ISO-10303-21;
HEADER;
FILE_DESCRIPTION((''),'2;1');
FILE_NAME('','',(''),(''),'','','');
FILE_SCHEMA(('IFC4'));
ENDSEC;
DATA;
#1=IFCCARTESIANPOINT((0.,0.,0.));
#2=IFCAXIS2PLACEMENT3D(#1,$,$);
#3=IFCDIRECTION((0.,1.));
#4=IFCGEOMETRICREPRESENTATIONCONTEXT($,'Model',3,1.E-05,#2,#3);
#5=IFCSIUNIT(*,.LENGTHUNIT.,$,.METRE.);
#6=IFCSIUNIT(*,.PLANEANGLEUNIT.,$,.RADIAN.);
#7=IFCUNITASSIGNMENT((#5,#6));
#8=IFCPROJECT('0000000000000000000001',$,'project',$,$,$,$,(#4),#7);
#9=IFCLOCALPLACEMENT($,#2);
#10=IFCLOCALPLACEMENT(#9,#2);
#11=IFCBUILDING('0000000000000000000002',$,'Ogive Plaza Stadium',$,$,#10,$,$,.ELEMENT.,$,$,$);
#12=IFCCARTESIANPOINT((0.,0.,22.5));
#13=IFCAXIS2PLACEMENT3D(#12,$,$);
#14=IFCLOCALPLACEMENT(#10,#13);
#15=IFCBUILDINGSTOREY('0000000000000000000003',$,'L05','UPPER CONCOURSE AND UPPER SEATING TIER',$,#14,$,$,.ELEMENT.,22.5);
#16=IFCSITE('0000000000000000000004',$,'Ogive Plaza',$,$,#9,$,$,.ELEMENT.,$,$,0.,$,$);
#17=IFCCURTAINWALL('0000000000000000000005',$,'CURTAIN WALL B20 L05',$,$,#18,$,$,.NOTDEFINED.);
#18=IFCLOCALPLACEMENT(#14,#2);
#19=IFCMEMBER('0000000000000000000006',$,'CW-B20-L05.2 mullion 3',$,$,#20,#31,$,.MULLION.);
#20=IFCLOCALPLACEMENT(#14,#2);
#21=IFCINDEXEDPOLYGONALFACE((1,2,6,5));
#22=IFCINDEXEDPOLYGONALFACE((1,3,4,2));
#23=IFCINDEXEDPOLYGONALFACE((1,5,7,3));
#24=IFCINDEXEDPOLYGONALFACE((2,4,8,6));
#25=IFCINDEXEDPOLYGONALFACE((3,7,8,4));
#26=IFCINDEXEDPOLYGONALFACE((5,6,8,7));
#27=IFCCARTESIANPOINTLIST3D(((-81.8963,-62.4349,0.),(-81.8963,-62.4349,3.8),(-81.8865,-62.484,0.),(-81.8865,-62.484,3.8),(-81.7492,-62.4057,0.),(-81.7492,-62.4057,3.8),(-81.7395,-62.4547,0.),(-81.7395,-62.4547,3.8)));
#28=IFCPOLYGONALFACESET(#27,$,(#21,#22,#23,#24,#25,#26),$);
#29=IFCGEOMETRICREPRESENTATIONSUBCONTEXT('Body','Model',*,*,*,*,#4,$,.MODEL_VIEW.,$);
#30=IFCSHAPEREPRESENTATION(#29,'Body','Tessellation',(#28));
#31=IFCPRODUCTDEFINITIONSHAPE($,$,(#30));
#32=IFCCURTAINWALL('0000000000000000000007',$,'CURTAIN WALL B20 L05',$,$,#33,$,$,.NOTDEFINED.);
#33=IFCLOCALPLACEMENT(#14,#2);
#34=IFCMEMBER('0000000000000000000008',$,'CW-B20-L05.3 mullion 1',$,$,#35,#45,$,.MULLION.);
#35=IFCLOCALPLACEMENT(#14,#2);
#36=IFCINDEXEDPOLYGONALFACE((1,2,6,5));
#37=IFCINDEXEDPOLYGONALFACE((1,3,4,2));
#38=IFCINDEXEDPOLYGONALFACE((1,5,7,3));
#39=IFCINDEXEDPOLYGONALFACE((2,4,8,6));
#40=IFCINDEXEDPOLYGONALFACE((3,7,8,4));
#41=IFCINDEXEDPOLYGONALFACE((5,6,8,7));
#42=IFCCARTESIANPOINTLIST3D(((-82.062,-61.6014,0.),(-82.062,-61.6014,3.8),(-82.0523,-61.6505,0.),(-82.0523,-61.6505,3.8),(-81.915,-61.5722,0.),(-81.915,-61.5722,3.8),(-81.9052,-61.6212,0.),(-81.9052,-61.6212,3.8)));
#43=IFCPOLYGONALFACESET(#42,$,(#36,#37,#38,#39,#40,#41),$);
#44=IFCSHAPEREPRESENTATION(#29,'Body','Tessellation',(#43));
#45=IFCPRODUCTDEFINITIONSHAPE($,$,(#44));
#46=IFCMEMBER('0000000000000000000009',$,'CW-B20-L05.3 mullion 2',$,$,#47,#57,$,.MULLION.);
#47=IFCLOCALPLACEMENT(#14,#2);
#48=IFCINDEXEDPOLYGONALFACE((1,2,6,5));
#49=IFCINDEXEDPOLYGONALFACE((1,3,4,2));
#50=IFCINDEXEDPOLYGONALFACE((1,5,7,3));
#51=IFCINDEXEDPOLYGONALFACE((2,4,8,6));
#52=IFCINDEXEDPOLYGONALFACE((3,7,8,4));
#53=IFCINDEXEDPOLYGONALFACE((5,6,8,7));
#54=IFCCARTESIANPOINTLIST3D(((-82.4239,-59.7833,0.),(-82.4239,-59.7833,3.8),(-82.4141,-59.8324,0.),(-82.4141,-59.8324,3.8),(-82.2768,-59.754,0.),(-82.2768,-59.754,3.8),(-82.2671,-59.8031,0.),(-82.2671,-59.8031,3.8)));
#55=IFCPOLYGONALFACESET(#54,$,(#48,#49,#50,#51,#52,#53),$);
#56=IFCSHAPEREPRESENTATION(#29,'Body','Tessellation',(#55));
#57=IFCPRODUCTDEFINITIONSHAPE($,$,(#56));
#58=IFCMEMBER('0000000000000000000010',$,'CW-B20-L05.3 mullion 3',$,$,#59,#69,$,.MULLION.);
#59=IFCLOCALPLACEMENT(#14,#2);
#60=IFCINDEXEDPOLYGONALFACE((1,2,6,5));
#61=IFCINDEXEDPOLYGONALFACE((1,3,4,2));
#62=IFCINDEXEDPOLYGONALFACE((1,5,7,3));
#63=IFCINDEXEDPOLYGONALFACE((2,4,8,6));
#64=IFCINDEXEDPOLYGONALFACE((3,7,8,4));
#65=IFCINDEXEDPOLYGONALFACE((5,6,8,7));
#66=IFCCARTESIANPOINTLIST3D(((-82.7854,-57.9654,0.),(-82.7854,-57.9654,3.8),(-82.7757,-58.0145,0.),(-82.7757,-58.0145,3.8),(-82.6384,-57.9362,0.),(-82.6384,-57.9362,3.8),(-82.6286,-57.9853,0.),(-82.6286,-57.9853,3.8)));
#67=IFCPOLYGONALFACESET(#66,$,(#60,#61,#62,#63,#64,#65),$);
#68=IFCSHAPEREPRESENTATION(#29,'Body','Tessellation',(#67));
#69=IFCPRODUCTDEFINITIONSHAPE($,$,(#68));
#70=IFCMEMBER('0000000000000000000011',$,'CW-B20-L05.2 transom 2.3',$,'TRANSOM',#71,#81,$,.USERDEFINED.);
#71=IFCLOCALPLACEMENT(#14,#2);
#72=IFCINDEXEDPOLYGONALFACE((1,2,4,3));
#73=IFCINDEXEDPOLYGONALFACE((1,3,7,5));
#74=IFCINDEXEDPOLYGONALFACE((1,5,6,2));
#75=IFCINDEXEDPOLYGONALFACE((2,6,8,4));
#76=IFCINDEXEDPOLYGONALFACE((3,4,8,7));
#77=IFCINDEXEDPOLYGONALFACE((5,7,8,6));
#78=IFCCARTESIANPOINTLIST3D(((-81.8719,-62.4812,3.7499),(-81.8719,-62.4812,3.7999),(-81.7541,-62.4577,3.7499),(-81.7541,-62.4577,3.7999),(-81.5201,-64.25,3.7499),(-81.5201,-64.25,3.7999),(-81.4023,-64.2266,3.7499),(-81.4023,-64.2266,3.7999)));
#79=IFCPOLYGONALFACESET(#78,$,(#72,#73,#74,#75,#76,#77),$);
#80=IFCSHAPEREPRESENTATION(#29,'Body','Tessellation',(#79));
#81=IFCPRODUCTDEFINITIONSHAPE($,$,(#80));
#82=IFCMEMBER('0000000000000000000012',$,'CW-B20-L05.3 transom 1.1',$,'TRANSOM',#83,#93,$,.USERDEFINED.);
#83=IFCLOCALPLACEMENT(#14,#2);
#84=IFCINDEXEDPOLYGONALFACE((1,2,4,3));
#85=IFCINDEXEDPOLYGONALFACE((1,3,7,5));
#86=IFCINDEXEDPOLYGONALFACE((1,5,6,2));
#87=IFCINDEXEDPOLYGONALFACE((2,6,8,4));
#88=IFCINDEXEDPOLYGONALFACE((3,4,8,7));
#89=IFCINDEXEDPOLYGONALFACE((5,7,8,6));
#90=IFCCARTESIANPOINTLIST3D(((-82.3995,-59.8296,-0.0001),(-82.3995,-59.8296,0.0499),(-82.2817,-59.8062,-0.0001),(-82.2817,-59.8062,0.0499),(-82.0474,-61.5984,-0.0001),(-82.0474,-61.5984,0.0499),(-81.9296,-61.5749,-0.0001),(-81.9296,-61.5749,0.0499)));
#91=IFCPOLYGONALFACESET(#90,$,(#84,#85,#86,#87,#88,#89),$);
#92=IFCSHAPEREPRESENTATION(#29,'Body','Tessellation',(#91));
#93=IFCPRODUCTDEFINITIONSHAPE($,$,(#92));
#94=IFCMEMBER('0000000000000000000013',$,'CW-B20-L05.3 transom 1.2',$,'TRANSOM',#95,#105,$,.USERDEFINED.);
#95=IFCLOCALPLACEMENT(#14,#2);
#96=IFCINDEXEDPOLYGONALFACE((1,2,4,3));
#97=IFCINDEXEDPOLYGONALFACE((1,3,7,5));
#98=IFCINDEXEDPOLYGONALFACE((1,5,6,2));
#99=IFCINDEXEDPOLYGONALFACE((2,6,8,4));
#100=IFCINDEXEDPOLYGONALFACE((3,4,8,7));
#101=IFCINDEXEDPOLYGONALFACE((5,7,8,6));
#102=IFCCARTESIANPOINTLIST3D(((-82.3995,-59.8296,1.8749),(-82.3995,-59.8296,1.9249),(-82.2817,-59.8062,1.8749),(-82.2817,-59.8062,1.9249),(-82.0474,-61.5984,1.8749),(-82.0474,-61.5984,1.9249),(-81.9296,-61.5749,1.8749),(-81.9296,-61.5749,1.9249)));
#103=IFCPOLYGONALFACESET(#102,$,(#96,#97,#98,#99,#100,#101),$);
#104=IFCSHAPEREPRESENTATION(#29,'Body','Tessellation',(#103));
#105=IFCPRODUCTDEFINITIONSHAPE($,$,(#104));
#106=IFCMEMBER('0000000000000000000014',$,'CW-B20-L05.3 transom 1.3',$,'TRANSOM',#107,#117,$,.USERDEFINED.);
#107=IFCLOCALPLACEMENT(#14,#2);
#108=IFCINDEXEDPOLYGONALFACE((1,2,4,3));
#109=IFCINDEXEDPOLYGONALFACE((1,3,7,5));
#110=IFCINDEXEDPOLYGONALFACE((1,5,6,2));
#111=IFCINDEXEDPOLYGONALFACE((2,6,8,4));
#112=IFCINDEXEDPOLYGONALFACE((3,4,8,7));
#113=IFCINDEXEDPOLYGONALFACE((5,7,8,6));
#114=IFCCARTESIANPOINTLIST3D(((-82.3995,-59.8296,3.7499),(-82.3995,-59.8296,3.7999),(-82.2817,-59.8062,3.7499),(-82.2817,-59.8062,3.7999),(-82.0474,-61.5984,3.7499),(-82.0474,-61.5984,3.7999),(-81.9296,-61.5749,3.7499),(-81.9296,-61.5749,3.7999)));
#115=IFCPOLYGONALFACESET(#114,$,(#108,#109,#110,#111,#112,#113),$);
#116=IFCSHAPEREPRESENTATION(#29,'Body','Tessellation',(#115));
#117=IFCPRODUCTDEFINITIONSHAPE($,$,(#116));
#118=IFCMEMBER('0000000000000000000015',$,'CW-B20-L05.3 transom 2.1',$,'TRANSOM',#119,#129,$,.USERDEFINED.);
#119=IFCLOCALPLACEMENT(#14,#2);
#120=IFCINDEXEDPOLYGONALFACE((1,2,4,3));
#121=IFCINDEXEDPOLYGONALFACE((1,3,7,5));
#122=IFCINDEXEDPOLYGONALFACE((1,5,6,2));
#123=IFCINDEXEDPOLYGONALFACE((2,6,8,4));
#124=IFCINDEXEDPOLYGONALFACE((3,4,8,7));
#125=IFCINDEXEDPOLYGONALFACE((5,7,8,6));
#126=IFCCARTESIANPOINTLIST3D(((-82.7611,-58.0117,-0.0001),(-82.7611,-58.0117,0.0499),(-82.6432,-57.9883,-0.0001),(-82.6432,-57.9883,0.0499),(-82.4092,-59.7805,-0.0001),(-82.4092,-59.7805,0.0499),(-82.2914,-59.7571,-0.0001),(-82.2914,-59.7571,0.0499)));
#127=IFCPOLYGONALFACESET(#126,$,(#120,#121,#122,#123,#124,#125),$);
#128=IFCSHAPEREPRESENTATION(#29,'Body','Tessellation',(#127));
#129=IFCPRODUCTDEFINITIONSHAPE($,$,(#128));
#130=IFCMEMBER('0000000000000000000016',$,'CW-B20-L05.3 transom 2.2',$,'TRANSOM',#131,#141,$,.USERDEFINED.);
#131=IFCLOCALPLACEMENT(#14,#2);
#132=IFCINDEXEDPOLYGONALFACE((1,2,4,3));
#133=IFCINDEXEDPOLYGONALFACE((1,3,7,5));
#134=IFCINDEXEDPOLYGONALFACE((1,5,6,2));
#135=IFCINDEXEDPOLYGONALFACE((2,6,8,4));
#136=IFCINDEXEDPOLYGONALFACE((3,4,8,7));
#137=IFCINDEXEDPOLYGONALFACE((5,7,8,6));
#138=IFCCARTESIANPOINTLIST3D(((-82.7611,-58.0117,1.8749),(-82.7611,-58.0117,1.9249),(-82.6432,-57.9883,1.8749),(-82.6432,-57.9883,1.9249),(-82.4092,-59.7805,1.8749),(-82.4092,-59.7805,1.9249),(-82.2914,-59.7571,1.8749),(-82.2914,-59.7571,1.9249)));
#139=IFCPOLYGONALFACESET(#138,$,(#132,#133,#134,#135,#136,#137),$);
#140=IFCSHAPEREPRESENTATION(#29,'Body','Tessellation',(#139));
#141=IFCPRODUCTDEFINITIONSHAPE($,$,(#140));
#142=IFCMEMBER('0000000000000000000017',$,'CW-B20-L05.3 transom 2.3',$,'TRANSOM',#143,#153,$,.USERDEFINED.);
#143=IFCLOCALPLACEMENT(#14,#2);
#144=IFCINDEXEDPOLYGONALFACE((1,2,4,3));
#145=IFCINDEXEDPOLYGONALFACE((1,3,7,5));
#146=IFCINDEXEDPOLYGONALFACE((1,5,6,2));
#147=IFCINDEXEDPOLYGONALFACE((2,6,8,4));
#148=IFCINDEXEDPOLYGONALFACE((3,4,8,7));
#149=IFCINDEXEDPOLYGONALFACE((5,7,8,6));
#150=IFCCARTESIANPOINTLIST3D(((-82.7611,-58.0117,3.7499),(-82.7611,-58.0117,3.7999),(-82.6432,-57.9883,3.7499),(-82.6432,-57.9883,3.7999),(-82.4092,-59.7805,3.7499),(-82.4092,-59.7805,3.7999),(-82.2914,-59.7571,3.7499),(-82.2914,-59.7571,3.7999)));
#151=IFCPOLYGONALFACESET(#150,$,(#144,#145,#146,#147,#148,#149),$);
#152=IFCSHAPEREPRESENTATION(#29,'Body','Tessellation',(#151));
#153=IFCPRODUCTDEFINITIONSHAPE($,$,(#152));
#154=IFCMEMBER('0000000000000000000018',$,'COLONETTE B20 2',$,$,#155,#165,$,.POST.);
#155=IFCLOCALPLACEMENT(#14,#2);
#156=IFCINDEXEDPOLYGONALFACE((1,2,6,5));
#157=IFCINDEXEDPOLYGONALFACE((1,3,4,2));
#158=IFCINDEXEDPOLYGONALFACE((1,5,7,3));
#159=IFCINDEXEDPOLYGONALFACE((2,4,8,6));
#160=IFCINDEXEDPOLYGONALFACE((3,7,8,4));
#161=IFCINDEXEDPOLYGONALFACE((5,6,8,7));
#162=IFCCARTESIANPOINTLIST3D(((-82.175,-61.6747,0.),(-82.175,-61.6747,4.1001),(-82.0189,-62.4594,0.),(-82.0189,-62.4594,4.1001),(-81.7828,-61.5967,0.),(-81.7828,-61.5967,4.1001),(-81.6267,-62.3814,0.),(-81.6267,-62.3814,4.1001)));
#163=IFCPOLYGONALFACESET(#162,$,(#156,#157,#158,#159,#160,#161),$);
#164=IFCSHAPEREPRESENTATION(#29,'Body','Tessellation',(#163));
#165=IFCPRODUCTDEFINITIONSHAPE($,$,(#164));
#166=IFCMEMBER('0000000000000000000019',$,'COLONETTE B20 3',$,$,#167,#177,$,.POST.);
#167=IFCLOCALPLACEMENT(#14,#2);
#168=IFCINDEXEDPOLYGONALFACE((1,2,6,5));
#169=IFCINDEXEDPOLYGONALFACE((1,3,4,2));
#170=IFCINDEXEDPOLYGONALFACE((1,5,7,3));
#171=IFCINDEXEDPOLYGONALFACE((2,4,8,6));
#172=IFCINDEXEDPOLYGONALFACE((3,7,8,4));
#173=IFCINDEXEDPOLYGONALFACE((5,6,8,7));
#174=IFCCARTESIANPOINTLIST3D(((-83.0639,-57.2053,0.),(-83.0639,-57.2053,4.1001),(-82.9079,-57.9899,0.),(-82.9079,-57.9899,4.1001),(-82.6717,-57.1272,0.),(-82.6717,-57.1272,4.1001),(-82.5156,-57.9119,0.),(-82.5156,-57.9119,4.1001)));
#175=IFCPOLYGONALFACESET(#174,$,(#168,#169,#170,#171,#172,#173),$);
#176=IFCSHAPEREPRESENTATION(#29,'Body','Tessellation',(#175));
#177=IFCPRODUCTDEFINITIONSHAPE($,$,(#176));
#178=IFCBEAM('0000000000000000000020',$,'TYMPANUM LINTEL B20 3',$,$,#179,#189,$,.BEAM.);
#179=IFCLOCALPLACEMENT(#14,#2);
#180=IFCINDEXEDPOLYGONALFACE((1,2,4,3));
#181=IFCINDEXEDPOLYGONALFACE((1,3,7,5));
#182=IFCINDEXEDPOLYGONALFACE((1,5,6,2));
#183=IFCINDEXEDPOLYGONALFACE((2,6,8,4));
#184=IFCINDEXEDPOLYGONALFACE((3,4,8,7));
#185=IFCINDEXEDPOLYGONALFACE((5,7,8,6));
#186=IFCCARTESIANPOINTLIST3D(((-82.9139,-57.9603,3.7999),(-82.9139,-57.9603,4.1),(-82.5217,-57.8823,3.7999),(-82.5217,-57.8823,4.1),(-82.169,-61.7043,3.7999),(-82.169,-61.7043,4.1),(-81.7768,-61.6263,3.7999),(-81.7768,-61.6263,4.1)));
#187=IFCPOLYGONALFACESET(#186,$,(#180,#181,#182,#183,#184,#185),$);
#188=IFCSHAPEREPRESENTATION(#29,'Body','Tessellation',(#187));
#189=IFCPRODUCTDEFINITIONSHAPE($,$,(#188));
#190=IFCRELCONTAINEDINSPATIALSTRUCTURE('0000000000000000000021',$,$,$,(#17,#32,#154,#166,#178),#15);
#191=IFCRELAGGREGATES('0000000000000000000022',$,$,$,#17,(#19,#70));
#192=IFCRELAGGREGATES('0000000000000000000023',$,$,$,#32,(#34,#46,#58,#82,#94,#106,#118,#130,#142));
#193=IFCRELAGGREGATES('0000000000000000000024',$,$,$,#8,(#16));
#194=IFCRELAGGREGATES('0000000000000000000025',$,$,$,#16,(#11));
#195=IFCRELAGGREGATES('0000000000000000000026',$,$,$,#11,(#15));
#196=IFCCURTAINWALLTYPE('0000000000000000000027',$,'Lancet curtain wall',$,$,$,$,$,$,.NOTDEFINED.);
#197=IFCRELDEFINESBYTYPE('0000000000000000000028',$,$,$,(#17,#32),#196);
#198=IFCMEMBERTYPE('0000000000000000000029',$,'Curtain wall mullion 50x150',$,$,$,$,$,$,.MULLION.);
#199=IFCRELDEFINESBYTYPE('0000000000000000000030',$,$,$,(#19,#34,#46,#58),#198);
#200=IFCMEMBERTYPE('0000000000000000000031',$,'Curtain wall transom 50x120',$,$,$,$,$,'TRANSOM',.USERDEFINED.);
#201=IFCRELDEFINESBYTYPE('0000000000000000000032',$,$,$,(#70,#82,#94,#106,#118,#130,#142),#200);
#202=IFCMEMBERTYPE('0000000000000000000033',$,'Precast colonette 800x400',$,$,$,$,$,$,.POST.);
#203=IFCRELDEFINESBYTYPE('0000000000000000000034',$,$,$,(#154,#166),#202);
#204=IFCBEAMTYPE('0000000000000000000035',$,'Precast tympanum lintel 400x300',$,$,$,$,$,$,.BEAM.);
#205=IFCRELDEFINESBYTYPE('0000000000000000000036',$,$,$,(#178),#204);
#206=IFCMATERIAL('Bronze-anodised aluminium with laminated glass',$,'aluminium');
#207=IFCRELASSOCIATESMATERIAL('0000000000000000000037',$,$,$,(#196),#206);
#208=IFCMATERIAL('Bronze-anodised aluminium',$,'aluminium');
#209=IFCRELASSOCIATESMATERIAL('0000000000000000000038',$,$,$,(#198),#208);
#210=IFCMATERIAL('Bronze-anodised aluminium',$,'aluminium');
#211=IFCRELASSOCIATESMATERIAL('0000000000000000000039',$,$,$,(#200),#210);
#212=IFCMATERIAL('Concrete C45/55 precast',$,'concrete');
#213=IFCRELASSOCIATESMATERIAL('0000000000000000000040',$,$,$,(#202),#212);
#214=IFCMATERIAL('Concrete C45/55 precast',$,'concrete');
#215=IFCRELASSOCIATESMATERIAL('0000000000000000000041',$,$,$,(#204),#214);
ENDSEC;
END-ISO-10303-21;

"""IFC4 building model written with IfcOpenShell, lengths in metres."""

from ifc_helpers import new_model, si_unit, direction, frame, origin, origin_2d, place, context, subcontext, project, spatial, rectangle, extrude, material, material_profile, profile_set, type_object, element, aggregate, save


model = new_model("IFC4")

# Units and contexts
model_context = context("Model", 3, precision=1e-05, world=origin(), true_north=direction((0.0, 1.0)))
body_context = subcontext(model_context, "Body", "Model", "MODEL_VIEW")
ifc_project = project(units=[si_unit("LENGTHUNIT", "METRE"), si_unit("PLANEANGLEUNIT", "RADIAN")], contexts=[model_context])

# Site, building, storey
site_placement = place(None, origin())
site = spatial("IfcSite", under=ifc_project, at=site_placement, Name="Ogive Plaza", CompositionType="ELEMENT", RefElevation=0.0)
building_placement = place(site_placement, origin())
building = spatial("IfcBuilding", under=site, at=building_placement, Name="Ogive Plaza Stadium", CompositionType="ELEMENT")
storey_placement = place(building_placement, frame((0.0, 0.0, 22.5)))
storey = spatial("IfcBuildingStorey", under=building, at=storey_placement, Name="L05", Description="UPPER CONCOURSE AND UPPER SEATING TIER", CompositionType="ELEMENT", Elevation=22.5)

# Curtain wall, member
ifc_material_1 = material(Name="Bronze-anodised aluminium with laminated glass", Category="aluminium")
curtain_wall_type = type_object("IfcCurtainWallType", Name="Lancet curtain wall", PredefinedType="NOTDEFINED", material=ifc_material_1)
curtain_wall_1_placement = place(storey_placement, origin())
curtain_wall_1 = element("IfcCurtainWall", 1, at=curtain_wall_1_placement, inside=storey, type_object=curtain_wall_type, Name="CURTAIN WALL B20 L05", PredefinedType="NOTDEFINED")
ifc_material_2 = material(Name="Bronze-anodised aluminium", Category="aluminium")
ifc_material_profile_1 = material_profile(ifc_material_2, rectangle(XDim=0.1499, YDim=0.05, at=origin_2d()), Name="AL 150x50")
ifc_profile_set_1 = profile_set([ifc_material_profile_1], Name="Bronze-anodised aluminium")
member_type_1 = type_object("IfcMemberType", Name="Curtain wall mullion 50x150", PredefinedType="MULLION", material=ifc_profile_set_1)
member_1_placement = place(storey_placement, frame((-81.8179, -62.4448, 0.0), z_axis=(0.0, 0.0, 1.0), x_axis=(-0.980785, -0.19509, 0.0)))
member_1 = element("IfcMember", 2, at=member_1_placement, type_object=member_type_1, Name="CW-B20-L05.2 mullion 3", PredefinedType="MULLION", context=body_context, shape_type="SweptSolid", body=[
    extrude(rectangle(XDim=0.1499, YDim=0.05, at=origin_2d()), origin(), (0.0, 0.0, 1.0), 3.8),
])

# Curtain wall, members
curtain_wall_2_placement = place(storey_placement, origin())
curtain_wall_2 = element("IfcCurtainWall", 3, at=curtain_wall_2_placement, inside=storey, type_object=curtain_wall_type, Name="CURTAIN WALL B20 L05", PredefinedType="NOTDEFINED")
member_2_placement = place(storey_placement, frame((-81.9836, -61.6113, 0.0), z_axis=(0.0, 0.0, 1.0), x_axis=(-0.980785, -0.19509, 0.0)))
member_2 = element("IfcMember", 4, at=member_2_placement, type_object=member_type_1, Name="CW-B20-L05.3 mullion 1", PredefinedType="MULLION", context=body_context, shape_type="SweptSolid", body=[
    extrude(rectangle(XDim=0.1499, YDim=0.05, at=origin_2d()), origin(), (0.0, 0.0, 1.0), 3.8),
])
member_3_placement = place(storey_placement, frame((-82.3455, -59.7932, 0.0), z_axis=(0.0, 0.0, 1.0), x_axis=(-0.980785, -0.19509, 0.0)))
member_3 = element("IfcMember", 5, at=member_3_placement, type_object=member_type_1, Name="CW-B20-L05.3 mullion 2", PredefinedType="MULLION", context=body_context, shape_type="SweptSolid", body=[
    extrude(rectangle(XDim=0.1499, YDim=0.05, at=origin_2d()), origin(), (0.0, 0.0, 1.0), 3.8),
])
member_4_placement = place(storey_placement, frame((-82.707, -57.9753, 0.0), z_axis=(0.0, 0.0, 1.0), x_axis=(-0.980785, -0.19509, 0.0)))
member_4 = element("IfcMember", 6, at=member_4_placement, type_object=member_type_1, Name="CW-B20-L05.3 mullion 3", PredefinedType="MULLION", context=body_context, shape_type="SweptSolid", body=[
    extrude(rectangle(XDim=0.1499, YDim=0.05, at=origin_2d()), origin(), (0.0, 0.0, 1.0), 3.8),
])

# Members
ifc_material_3 = material(Name="Bronze-anodised aluminium", Category="aluminium")
ifc_material_profile_2 = material_profile(ifc_material_3, rectangle(XDim=0.1201, YDim=0.05, at=origin_2d()), Name="AL 120x50")
ifc_profile_set_2 = profile_set([ifc_material_profile_2], Name="Bronze-anodised aluminium")
member_type_2 = type_object("IfcMemberType", Name="Curtain wall transom 50x120", ElementType="TRANSOM", PredefinedType="USERDEFINED", material=ifc_profile_set_2)
member_5_placement = place(storey_placement, frame((-81.4612, -64.2383, 3.7749), z_axis=(-0.195075, 0.980788, 0.0), x_axis=(-0.980788, -0.195075, 0.0)))
member_5 = element("IfcMember", 7, at=member_5_placement, type_object=member_type_2, Name="CW-B20-L05.2 transom 2.3", ObjectType="TRANSOM", PredefinedType="USERDEFINED", context=body_context, shape_type="SweptSolid", body=[
    extrude(rectangle(XDim=0.1201, YDim=0.05, at=origin_2d()), origin(), (0.0, 0.0, 1.0), 1.8035),
])
member_6_placement = place(storey_placement, frame((-81.9885, -61.5867, 0.0249), z_axis=(-0.195205, 0.980762, 0.0), x_axis=(-0.980762, -0.195205, 0.0)))
member_6 = element("IfcMember", 8, at=member_6_placement, type_object=member_type_2, Name="CW-B20-L05.3 transom 1.1", ObjectType="TRANSOM", PredefinedType="USERDEFINED", context=body_context, shape_type="SweptSolid", body=[
    extrude(rectangle(XDim=0.1201, YDim=0.05, at=origin_2d()), origin(), (0.0, 0.0, 1.0), 1.8035),
])
member_7_placement = place(storey_placement, frame((-81.9885, -61.5867, 1.8999), z_axis=(-0.195205, 0.980762, 0.0), x_axis=(-0.980762, -0.195205, 0.0)))
member_7 = element("IfcMember", 9, at=member_7_placement, type_object=member_type_2, Name="CW-B20-L05.3 transom 1.2", ObjectType="TRANSOM", PredefinedType="USERDEFINED", context=body_context, shape_type="SweptSolid", body=[
    extrude(rectangle(XDim=0.1201, YDim=0.05, at=origin_2d()), origin(), (0.0, 0.0, 1.0), 1.8035),
])
member_8_placement = place(storey_placement, frame((-81.9885, -61.5867, 3.7749), z_axis=(-0.195205, 0.980762, 0.0), x_axis=(-0.980762, -0.195205, 0.0)))
member_8 = element("IfcMember", 10, at=member_8_placement, type_object=member_type_2, Name="CW-B20-L05.3 transom 1.3", ObjectType="TRANSOM", PredefinedType="USERDEFINED", context=body_context, shape_type="SweptSolid", body=[
    extrude(rectangle(XDim=0.1201, YDim=0.05, at=origin_2d()), origin(), (0.0, 0.0, 1.0), 1.8035),
])
member_9_placement = place(storey_placement, frame((-82.3503, -59.7688, 0.0249), z_axis=(-0.195075, 0.980788, 0.0), x_axis=(-0.980788, -0.195075, 0.0)))
member_9 = element("IfcMember", 11, at=member_9_placement, type_object=member_type_2, Name="CW-B20-L05.3 transom 2.1", ObjectType="TRANSOM", PredefinedType="USERDEFINED", context=body_context, shape_type="SweptSolid", body=[
    extrude(rectangle(XDim=0.1201, YDim=0.05, at=origin_2d()), origin(), (0.0, 0.0, 1.0), 1.8035),
])
member_10_placement = place(storey_placement, frame((-82.3503, -59.7688, 1.8999), z_axis=(-0.195075, 0.980788, 0.0), x_axis=(-0.980788, -0.195075, 0.0)))
member_10 = element("IfcMember", 12, at=member_10_placement, type_object=member_type_2, Name="CW-B20-L05.3 transom 2.2", ObjectType="TRANSOM", PredefinedType="USERDEFINED", context=body_context, shape_type="SweptSolid", body=[
    extrude(rectangle(XDim=0.1201, YDim=0.05, at=origin_2d()), origin(), (0.0, 0.0, 1.0), 1.8035),
])
member_11_placement = place(storey_placement, frame((-82.3503, -59.7688, 3.7749), z_axis=(-0.195075, 0.980788, 0.0), x_axis=(-0.980788, -0.195075, 0.0)))
member_11 = element("IfcMember", 13, at=member_11_placement, type_object=member_type_2, Name="CW-B20-L05.3 transom 2.3", ObjectType="TRANSOM", PredefinedType="USERDEFINED", context=body_context, shape_type="SweptSolid", body=[
    extrude(rectangle(XDim=0.1201, YDim=0.05, at=origin_2d()), origin(), (0.0, 0.0, 1.0), 1.8035),
])

# Members
ifc_material_4 = material(Name="Concrete C45/55 precast", Category="concrete")
ifc_material_profile_3 = material_profile(ifc_material_4, rectangle(XDim=0.3999, YDim=0.8, at=origin_2d()), Name="RC 400x800")
ifc_profile_set_3 = profile_set([ifc_material_profile_3], Name="Concrete C45/55 precast")
member_type_3 = type_object("IfcMemberType", Name="Precast colonette 800x400", PredefinedType="POST", material=ifc_profile_set_3)
for number, where, z_axis, x_axis, name in (
    (14, (-81.9009, -62.0281, 0.0), (0.0, 0.0, 1.0), (-0.980785, -0.19509, 0.0), "COLONETTE B20 2"),
    (15, (-82.7898, -57.5586, 0.0), (0.0, 0.0, 1.0), (-0.980785, -0.19509, 0.0), "COLONETTE B20 3"),
):
    element("IfcMember", number, at=place(storey_placement, frame(where, z_axis=z_axis, x_axis=x_axis)), inside=storey, type_object=member_type_3, Name=name, PredefinedType="POST", context=body_context, shape_type="SweptSolid", body=[
        extrude(rectangle(XDim=0.3999, YDim=0.8, at=origin_2d()), origin(), (0.0, 0.0, 1.0), 4.1001),
    ])

# Beam
ifc_material_5 = material(Name="Concrete C45/55 precast", Category="concrete")
ifc_material_profile_4 = material_profile(ifc_material_5, rectangle(XDim=0.3999, YDim=0.3, at=origin_2d()), Name="RC 400x300")
ifc_profile_set_4 = profile_set([ifc_material_profile_4], Name="Concrete C45/55 precast")
beam_type = type_object("IfcBeamType", Name="Precast tympanum lintel 400x300", PredefinedType="BEAM", material=ifc_profile_set_4)
beam_1_placement = place(storey_placement, frame((-81.9729, -61.6653, 3.95), z_axis=(-0.195132, 0.980777, 0.0), x_axis=(-0.980777, -0.195132, 0.0)))
element("IfcBeam", 16, at=beam_1_placement, inside=storey, type_object=beam_type, Name="TYMPANUM LINTEL B20 3", PredefinedType="BEAM", context=body_context, shape_type="SweptSolid", body=[
    extrude(rectangle(XDim=0.3999, YDim=0.3, at=origin_2d()), origin(), (0.0, 0.0, 1.0), 3.8174),
])

aggregate(curtain_wall_1, [member_1, member_5])
aggregate(curtain_wall_2, [member_2, member_3, member_4, member_6, member_7, member_8, member_9, member_10, member_11])

save(model, "model.ifc")
